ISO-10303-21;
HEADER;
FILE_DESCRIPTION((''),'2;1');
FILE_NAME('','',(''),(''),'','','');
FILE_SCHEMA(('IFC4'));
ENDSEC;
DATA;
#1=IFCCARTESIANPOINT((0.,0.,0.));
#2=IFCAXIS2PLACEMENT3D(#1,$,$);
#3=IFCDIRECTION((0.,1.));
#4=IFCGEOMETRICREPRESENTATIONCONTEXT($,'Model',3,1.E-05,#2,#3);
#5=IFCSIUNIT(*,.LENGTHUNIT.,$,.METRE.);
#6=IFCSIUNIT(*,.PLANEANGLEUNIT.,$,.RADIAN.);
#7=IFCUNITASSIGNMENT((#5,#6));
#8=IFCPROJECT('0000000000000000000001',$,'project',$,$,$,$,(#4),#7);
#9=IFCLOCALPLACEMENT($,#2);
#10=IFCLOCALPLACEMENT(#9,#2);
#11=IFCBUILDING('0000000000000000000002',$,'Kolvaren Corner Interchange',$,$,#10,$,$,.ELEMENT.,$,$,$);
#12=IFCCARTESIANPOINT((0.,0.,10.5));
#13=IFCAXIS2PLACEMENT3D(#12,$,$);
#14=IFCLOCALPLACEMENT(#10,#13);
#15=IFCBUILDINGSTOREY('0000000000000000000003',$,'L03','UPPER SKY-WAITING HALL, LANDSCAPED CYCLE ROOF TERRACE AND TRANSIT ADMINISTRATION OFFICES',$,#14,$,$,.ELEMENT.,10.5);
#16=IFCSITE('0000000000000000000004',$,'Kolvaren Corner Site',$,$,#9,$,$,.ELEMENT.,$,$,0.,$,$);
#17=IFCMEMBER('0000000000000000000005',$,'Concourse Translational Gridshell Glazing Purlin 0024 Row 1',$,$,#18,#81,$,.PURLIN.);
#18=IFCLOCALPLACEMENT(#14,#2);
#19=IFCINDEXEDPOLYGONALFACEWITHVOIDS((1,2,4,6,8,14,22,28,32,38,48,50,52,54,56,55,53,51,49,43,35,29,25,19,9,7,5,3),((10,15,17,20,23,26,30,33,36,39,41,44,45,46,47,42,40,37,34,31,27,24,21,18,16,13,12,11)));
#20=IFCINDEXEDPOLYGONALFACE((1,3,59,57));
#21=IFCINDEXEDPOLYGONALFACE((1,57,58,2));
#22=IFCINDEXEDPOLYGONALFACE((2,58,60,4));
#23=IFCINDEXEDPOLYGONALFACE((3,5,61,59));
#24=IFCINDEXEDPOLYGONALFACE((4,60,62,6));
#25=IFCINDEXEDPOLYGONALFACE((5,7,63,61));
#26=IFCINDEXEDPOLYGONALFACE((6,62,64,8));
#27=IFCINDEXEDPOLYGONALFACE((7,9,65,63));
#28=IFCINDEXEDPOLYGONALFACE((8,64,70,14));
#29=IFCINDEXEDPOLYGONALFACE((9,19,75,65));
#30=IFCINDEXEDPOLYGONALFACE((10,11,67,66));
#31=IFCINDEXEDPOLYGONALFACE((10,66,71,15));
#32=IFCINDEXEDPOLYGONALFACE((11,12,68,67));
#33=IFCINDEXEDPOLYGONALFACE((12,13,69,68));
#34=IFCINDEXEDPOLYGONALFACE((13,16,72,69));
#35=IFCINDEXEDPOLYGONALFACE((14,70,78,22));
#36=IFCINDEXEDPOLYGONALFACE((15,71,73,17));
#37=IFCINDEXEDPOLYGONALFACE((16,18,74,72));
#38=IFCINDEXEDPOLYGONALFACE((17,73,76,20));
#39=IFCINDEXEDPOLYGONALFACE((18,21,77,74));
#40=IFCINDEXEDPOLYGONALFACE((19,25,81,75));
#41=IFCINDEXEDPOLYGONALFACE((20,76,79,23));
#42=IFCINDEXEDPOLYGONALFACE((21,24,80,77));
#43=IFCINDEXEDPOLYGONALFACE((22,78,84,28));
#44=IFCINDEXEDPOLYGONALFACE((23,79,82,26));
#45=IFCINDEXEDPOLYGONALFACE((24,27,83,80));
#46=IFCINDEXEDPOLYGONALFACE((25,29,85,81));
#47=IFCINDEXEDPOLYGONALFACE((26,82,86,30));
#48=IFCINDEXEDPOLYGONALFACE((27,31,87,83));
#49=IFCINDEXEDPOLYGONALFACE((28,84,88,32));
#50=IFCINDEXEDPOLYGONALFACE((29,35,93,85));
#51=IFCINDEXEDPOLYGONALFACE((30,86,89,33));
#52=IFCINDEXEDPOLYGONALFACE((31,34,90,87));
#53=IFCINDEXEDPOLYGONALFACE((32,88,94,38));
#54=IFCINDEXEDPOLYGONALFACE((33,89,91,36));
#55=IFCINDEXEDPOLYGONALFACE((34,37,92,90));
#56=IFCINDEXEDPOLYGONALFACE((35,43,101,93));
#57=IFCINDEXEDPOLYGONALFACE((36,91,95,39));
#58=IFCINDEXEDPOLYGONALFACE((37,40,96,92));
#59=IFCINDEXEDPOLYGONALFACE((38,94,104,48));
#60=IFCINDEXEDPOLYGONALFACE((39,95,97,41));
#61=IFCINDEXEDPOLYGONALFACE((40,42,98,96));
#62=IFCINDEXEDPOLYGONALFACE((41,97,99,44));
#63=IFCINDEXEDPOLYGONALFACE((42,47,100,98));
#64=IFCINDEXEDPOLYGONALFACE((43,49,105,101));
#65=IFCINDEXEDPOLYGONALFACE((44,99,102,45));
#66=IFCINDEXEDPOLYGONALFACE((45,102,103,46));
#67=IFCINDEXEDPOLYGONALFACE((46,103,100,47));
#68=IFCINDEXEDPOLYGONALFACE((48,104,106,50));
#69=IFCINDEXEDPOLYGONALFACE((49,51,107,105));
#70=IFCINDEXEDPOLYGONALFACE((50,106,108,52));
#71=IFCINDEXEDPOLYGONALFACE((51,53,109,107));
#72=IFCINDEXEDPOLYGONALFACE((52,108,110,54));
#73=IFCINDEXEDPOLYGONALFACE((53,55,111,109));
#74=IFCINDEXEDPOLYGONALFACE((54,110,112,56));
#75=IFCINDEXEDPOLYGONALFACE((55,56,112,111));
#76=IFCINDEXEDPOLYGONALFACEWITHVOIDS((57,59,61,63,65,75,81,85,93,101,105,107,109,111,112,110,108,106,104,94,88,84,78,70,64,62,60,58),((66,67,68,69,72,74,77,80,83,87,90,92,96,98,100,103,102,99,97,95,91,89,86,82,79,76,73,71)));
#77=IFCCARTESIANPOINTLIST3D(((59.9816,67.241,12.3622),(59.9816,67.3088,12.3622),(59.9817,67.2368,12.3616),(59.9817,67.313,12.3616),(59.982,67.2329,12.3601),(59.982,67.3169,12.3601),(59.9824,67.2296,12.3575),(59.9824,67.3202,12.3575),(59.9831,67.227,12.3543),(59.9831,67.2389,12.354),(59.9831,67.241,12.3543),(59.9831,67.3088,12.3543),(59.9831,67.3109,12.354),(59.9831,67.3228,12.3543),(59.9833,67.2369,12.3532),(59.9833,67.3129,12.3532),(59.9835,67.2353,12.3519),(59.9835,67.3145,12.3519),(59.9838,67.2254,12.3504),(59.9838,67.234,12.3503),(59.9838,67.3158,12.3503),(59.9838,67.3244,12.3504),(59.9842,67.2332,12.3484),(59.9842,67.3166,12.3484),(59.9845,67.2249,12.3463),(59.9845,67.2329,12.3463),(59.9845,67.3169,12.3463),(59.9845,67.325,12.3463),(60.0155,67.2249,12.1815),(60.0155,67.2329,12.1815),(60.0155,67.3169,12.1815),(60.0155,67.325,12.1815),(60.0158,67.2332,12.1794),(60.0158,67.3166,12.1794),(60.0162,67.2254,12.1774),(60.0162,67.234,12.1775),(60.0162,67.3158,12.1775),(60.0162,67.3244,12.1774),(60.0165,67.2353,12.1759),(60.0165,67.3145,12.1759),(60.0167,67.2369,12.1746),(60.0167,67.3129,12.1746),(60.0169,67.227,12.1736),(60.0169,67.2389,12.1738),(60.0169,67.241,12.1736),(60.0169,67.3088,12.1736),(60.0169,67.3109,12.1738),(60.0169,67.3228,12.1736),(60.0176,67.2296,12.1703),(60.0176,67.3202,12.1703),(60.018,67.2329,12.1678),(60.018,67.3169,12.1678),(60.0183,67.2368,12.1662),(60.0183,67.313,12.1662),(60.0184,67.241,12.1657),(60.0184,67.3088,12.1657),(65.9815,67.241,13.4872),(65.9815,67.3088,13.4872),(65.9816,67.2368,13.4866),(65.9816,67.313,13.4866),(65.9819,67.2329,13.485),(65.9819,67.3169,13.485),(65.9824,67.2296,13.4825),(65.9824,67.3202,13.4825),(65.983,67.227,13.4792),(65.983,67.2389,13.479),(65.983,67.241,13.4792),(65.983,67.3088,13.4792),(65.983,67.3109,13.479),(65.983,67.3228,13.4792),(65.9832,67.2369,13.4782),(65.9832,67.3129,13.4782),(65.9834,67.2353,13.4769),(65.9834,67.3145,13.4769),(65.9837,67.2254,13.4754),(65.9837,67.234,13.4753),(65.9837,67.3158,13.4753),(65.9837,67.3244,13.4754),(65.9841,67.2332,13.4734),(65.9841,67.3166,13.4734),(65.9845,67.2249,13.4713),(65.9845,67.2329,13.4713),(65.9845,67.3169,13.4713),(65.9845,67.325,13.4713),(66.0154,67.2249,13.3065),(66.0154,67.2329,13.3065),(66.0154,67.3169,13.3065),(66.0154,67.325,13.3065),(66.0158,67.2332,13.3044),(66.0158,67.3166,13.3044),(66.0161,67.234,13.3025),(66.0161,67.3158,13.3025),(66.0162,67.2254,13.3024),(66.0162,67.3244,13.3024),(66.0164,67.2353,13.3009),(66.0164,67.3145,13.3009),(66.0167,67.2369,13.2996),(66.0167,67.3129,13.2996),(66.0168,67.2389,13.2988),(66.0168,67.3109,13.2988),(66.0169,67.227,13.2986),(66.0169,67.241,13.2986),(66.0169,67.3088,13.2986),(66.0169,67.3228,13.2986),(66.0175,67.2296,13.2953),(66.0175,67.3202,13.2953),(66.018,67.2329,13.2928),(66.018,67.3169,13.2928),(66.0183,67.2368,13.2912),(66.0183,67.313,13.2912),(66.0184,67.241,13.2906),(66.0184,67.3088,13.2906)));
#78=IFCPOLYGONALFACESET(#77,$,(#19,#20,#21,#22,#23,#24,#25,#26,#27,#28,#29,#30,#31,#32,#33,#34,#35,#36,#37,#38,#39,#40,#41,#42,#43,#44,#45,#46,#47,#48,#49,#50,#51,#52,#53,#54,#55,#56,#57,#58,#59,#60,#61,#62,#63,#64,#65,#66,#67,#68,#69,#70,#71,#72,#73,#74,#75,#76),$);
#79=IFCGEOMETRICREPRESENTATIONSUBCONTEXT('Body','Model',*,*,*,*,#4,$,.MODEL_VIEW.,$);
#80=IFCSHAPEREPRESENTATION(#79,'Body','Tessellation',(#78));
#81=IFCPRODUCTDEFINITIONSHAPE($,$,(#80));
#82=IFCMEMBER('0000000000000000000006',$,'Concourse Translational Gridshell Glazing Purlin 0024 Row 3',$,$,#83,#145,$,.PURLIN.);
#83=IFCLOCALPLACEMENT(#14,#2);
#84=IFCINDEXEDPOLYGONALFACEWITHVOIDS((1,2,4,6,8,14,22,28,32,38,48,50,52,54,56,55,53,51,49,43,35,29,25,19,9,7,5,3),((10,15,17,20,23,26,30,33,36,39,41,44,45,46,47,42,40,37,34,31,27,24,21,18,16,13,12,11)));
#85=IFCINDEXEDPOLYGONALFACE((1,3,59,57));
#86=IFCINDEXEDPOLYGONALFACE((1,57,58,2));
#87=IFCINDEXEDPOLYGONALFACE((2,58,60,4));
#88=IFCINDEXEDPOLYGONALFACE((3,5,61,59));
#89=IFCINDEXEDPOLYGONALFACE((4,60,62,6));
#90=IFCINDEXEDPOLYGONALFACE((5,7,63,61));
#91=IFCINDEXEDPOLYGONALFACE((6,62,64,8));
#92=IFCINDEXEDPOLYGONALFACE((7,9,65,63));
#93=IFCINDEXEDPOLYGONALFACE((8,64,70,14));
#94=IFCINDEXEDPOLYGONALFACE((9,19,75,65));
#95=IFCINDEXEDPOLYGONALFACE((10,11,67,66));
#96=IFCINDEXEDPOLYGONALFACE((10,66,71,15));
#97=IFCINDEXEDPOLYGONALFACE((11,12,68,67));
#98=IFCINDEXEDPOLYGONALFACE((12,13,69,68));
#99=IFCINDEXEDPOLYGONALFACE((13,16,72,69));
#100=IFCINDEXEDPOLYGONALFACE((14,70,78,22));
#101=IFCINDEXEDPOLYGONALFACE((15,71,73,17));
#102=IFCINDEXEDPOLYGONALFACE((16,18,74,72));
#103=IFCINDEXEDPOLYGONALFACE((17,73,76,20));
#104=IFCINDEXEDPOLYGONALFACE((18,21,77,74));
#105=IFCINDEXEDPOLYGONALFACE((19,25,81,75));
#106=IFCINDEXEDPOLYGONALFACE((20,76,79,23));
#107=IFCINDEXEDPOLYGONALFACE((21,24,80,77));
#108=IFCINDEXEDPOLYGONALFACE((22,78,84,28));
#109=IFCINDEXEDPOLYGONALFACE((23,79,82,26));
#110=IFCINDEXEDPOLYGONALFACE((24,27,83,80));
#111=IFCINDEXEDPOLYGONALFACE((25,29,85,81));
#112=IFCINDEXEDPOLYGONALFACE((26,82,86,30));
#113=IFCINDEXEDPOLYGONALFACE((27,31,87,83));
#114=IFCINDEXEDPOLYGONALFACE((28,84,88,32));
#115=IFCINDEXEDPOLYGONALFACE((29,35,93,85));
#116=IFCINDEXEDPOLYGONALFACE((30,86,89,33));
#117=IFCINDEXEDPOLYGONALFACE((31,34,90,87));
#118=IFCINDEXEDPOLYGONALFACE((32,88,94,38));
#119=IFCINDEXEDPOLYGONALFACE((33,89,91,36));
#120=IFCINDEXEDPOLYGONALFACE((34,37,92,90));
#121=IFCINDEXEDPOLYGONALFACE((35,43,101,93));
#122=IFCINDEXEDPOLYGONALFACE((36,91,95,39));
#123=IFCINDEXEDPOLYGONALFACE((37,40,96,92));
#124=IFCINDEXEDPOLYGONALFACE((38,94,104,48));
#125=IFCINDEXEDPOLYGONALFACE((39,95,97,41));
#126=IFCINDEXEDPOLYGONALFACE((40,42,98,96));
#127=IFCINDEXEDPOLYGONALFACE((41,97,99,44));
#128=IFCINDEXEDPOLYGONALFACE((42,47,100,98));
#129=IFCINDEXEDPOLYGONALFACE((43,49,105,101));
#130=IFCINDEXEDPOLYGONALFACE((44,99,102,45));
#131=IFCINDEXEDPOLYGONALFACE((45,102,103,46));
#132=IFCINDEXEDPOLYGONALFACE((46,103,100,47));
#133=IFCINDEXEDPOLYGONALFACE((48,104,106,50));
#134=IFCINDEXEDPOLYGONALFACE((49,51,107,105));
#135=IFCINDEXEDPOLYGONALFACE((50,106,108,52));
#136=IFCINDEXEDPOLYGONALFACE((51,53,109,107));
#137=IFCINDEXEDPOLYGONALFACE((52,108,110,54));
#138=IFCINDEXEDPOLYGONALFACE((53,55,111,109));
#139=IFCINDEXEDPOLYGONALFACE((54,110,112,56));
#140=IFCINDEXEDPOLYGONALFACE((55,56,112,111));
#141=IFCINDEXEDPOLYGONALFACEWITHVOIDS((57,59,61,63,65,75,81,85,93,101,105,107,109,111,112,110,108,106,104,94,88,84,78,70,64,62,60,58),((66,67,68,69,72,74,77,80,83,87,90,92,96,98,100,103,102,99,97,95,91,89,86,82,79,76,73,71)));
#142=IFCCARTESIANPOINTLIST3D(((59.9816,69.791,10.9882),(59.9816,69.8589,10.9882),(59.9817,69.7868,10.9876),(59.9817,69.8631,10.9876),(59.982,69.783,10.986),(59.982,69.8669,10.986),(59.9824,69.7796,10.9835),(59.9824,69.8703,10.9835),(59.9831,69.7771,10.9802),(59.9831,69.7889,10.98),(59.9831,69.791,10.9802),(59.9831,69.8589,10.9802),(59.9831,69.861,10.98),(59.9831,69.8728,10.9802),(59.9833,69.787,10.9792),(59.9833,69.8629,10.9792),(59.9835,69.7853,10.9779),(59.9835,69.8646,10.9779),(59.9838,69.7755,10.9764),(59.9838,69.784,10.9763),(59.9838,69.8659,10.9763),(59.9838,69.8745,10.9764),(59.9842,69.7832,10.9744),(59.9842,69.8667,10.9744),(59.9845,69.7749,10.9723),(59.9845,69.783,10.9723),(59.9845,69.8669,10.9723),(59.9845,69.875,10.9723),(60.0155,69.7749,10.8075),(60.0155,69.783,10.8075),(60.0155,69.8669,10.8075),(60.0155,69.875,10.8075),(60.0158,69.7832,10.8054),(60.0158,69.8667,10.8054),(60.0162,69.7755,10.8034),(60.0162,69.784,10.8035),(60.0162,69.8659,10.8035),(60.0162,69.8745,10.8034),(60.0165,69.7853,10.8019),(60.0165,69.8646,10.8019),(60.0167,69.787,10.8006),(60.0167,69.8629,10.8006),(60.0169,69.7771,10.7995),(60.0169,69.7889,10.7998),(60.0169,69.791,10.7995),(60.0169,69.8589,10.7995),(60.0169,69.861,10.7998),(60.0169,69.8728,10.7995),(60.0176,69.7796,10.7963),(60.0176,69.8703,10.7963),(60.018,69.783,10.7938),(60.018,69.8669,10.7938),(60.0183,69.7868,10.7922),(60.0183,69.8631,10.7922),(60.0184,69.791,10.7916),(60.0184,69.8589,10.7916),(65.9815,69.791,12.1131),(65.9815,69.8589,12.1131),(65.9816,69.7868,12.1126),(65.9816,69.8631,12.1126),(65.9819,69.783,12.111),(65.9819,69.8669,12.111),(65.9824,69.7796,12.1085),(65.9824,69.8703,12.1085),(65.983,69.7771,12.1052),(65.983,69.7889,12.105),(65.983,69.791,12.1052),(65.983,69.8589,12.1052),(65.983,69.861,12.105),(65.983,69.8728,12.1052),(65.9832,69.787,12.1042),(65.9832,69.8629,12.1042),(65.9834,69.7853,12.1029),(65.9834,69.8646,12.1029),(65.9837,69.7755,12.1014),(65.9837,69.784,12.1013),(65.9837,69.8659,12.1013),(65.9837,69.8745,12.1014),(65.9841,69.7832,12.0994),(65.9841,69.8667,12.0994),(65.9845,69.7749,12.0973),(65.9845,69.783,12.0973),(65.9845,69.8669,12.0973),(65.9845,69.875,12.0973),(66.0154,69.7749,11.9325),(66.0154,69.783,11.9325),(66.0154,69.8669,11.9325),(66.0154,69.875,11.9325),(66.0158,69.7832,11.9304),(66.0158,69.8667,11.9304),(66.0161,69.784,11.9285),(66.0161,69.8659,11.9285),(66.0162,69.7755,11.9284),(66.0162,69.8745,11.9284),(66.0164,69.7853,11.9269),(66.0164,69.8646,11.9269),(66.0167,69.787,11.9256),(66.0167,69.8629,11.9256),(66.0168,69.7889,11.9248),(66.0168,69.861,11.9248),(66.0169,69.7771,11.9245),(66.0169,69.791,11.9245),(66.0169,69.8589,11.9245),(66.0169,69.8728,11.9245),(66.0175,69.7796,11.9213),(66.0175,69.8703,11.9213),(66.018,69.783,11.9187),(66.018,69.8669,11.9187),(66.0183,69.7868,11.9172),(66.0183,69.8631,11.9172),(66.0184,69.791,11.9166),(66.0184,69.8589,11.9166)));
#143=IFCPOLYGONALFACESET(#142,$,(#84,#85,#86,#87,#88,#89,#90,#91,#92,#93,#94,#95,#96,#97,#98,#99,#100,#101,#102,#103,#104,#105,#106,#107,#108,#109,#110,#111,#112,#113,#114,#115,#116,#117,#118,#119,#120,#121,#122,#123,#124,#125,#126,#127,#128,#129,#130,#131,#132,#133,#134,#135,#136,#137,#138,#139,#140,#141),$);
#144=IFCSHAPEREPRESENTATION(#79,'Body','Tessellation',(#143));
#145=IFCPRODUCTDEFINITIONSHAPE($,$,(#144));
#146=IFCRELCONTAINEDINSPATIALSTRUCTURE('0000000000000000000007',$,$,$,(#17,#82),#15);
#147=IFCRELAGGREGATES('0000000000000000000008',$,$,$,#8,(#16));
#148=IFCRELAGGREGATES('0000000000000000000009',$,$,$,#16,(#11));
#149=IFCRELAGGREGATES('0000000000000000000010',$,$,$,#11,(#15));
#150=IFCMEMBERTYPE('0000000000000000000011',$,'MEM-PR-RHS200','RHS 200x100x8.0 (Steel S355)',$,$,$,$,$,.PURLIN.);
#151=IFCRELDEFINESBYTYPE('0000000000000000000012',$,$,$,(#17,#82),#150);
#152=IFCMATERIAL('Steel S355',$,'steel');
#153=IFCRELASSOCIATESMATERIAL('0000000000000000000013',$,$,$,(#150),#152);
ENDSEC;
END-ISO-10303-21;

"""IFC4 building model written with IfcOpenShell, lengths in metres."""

from ifc_helpers import new_model, si_unit, direction, frame, origin, origin_2d, place, context, subcontext, project, spatial, hollow_rectangle, extrude, material, material_profile, profile_set, type_object, element, save


model = new_model("IFC4")

# Units and contexts
model_context = context("Model", 3, precision=1e-05, world=origin(), true_north=direction((0.0, 1.0)))
body_context = subcontext(model_context, "Body", "Model", "MODEL_VIEW")
ifc_project = project(units=[si_unit("LENGTHUNIT", "METRE"), si_unit("PLANEANGLEUNIT", "RADIAN")], contexts=[model_context])

# Site, building, storey
site_placement = place(None, origin())
site = spatial("IfcSite", under=ifc_project, at=site_placement, Name="Kolvaren Corner Site", CompositionType="ELEMENT", RefElevation=0.0)
building_placement = place(site_placement, origin())
building = spatial("IfcBuilding", under=site, at=building_placement, Name="Kolvaren Corner Interchange", CompositionType="ELEMENT")
storey_placement = place(building_placement, frame((0.0, 0.0, 10.5)))
storey = spatial("IfcBuildingStorey", under=building, at=storey_placement, Name="L03", Description="UPPER SKY-WAITING HALL, LANDSCAPED CYCLE ROOF TERRACE AND TRANSIT ADMINISTRATION OFFICES", CompositionType="ELEMENT", Elevation=10.5)

# Members
ifc_material_1 = material(Name="Steel S355", Category="steel")
ifc_material_profile_1 = material_profile(ifc_material_1, hollow_rectangle(XDim=0.1001, YDim=0.2, WallThickness=0.0081, InnerFilletRadius=0.0081, OuterFilletRadius=0.0161, at=origin_2d()), Name="RHS 200x100x8.0")
ifc_profile_set_1 = profile_set([ifc_material_profile_1], Name="Steel S355")
member_type_1 = type_object("IfcMemberType", Name="MEM-PR-RHS200", Description="RHS 200x100x8.0 (Steel S355)", PredefinedType="PURLIN", material=ifc_profile_set_1)
for number, where, z_axis, x_axis, name in (
    (1, (60.0, 67.2749, 12.2639), (0.982872, 0.0, 0.184289), (0.0, 1.0, 0.0), "Concourse Translational Gridshell Glazing Purlin 0024 Row 1"),
    (2, (60.0, 69.825, 10.8899), (0.982872, 0.0, 0.184289), (0.0, 1.0, 0.0), "Concourse Translational Gridshell Glazing Purlin 0024 Row 3"),
):
    element("IfcMember", number, at=place(storey_placement, frame(where, z_axis=z_axis, x_axis=x_axis)), inside=storey, type_object=member_type_1, Name=name, PredefinedType="PURLIN", context=body_context, shape_type="SweptSolid", body=[
        extrude(hollow_rectangle(XDim=0.1001, YDim=0.2, WallThickness=0.0081, InnerFilletRadius=0.0081, OuterFilletRadius=0.0161, at=origin_2d()), origin(), (0.0, 0.0, 1.0), 6.1045),
    ])

save(model, "model.ifc")
